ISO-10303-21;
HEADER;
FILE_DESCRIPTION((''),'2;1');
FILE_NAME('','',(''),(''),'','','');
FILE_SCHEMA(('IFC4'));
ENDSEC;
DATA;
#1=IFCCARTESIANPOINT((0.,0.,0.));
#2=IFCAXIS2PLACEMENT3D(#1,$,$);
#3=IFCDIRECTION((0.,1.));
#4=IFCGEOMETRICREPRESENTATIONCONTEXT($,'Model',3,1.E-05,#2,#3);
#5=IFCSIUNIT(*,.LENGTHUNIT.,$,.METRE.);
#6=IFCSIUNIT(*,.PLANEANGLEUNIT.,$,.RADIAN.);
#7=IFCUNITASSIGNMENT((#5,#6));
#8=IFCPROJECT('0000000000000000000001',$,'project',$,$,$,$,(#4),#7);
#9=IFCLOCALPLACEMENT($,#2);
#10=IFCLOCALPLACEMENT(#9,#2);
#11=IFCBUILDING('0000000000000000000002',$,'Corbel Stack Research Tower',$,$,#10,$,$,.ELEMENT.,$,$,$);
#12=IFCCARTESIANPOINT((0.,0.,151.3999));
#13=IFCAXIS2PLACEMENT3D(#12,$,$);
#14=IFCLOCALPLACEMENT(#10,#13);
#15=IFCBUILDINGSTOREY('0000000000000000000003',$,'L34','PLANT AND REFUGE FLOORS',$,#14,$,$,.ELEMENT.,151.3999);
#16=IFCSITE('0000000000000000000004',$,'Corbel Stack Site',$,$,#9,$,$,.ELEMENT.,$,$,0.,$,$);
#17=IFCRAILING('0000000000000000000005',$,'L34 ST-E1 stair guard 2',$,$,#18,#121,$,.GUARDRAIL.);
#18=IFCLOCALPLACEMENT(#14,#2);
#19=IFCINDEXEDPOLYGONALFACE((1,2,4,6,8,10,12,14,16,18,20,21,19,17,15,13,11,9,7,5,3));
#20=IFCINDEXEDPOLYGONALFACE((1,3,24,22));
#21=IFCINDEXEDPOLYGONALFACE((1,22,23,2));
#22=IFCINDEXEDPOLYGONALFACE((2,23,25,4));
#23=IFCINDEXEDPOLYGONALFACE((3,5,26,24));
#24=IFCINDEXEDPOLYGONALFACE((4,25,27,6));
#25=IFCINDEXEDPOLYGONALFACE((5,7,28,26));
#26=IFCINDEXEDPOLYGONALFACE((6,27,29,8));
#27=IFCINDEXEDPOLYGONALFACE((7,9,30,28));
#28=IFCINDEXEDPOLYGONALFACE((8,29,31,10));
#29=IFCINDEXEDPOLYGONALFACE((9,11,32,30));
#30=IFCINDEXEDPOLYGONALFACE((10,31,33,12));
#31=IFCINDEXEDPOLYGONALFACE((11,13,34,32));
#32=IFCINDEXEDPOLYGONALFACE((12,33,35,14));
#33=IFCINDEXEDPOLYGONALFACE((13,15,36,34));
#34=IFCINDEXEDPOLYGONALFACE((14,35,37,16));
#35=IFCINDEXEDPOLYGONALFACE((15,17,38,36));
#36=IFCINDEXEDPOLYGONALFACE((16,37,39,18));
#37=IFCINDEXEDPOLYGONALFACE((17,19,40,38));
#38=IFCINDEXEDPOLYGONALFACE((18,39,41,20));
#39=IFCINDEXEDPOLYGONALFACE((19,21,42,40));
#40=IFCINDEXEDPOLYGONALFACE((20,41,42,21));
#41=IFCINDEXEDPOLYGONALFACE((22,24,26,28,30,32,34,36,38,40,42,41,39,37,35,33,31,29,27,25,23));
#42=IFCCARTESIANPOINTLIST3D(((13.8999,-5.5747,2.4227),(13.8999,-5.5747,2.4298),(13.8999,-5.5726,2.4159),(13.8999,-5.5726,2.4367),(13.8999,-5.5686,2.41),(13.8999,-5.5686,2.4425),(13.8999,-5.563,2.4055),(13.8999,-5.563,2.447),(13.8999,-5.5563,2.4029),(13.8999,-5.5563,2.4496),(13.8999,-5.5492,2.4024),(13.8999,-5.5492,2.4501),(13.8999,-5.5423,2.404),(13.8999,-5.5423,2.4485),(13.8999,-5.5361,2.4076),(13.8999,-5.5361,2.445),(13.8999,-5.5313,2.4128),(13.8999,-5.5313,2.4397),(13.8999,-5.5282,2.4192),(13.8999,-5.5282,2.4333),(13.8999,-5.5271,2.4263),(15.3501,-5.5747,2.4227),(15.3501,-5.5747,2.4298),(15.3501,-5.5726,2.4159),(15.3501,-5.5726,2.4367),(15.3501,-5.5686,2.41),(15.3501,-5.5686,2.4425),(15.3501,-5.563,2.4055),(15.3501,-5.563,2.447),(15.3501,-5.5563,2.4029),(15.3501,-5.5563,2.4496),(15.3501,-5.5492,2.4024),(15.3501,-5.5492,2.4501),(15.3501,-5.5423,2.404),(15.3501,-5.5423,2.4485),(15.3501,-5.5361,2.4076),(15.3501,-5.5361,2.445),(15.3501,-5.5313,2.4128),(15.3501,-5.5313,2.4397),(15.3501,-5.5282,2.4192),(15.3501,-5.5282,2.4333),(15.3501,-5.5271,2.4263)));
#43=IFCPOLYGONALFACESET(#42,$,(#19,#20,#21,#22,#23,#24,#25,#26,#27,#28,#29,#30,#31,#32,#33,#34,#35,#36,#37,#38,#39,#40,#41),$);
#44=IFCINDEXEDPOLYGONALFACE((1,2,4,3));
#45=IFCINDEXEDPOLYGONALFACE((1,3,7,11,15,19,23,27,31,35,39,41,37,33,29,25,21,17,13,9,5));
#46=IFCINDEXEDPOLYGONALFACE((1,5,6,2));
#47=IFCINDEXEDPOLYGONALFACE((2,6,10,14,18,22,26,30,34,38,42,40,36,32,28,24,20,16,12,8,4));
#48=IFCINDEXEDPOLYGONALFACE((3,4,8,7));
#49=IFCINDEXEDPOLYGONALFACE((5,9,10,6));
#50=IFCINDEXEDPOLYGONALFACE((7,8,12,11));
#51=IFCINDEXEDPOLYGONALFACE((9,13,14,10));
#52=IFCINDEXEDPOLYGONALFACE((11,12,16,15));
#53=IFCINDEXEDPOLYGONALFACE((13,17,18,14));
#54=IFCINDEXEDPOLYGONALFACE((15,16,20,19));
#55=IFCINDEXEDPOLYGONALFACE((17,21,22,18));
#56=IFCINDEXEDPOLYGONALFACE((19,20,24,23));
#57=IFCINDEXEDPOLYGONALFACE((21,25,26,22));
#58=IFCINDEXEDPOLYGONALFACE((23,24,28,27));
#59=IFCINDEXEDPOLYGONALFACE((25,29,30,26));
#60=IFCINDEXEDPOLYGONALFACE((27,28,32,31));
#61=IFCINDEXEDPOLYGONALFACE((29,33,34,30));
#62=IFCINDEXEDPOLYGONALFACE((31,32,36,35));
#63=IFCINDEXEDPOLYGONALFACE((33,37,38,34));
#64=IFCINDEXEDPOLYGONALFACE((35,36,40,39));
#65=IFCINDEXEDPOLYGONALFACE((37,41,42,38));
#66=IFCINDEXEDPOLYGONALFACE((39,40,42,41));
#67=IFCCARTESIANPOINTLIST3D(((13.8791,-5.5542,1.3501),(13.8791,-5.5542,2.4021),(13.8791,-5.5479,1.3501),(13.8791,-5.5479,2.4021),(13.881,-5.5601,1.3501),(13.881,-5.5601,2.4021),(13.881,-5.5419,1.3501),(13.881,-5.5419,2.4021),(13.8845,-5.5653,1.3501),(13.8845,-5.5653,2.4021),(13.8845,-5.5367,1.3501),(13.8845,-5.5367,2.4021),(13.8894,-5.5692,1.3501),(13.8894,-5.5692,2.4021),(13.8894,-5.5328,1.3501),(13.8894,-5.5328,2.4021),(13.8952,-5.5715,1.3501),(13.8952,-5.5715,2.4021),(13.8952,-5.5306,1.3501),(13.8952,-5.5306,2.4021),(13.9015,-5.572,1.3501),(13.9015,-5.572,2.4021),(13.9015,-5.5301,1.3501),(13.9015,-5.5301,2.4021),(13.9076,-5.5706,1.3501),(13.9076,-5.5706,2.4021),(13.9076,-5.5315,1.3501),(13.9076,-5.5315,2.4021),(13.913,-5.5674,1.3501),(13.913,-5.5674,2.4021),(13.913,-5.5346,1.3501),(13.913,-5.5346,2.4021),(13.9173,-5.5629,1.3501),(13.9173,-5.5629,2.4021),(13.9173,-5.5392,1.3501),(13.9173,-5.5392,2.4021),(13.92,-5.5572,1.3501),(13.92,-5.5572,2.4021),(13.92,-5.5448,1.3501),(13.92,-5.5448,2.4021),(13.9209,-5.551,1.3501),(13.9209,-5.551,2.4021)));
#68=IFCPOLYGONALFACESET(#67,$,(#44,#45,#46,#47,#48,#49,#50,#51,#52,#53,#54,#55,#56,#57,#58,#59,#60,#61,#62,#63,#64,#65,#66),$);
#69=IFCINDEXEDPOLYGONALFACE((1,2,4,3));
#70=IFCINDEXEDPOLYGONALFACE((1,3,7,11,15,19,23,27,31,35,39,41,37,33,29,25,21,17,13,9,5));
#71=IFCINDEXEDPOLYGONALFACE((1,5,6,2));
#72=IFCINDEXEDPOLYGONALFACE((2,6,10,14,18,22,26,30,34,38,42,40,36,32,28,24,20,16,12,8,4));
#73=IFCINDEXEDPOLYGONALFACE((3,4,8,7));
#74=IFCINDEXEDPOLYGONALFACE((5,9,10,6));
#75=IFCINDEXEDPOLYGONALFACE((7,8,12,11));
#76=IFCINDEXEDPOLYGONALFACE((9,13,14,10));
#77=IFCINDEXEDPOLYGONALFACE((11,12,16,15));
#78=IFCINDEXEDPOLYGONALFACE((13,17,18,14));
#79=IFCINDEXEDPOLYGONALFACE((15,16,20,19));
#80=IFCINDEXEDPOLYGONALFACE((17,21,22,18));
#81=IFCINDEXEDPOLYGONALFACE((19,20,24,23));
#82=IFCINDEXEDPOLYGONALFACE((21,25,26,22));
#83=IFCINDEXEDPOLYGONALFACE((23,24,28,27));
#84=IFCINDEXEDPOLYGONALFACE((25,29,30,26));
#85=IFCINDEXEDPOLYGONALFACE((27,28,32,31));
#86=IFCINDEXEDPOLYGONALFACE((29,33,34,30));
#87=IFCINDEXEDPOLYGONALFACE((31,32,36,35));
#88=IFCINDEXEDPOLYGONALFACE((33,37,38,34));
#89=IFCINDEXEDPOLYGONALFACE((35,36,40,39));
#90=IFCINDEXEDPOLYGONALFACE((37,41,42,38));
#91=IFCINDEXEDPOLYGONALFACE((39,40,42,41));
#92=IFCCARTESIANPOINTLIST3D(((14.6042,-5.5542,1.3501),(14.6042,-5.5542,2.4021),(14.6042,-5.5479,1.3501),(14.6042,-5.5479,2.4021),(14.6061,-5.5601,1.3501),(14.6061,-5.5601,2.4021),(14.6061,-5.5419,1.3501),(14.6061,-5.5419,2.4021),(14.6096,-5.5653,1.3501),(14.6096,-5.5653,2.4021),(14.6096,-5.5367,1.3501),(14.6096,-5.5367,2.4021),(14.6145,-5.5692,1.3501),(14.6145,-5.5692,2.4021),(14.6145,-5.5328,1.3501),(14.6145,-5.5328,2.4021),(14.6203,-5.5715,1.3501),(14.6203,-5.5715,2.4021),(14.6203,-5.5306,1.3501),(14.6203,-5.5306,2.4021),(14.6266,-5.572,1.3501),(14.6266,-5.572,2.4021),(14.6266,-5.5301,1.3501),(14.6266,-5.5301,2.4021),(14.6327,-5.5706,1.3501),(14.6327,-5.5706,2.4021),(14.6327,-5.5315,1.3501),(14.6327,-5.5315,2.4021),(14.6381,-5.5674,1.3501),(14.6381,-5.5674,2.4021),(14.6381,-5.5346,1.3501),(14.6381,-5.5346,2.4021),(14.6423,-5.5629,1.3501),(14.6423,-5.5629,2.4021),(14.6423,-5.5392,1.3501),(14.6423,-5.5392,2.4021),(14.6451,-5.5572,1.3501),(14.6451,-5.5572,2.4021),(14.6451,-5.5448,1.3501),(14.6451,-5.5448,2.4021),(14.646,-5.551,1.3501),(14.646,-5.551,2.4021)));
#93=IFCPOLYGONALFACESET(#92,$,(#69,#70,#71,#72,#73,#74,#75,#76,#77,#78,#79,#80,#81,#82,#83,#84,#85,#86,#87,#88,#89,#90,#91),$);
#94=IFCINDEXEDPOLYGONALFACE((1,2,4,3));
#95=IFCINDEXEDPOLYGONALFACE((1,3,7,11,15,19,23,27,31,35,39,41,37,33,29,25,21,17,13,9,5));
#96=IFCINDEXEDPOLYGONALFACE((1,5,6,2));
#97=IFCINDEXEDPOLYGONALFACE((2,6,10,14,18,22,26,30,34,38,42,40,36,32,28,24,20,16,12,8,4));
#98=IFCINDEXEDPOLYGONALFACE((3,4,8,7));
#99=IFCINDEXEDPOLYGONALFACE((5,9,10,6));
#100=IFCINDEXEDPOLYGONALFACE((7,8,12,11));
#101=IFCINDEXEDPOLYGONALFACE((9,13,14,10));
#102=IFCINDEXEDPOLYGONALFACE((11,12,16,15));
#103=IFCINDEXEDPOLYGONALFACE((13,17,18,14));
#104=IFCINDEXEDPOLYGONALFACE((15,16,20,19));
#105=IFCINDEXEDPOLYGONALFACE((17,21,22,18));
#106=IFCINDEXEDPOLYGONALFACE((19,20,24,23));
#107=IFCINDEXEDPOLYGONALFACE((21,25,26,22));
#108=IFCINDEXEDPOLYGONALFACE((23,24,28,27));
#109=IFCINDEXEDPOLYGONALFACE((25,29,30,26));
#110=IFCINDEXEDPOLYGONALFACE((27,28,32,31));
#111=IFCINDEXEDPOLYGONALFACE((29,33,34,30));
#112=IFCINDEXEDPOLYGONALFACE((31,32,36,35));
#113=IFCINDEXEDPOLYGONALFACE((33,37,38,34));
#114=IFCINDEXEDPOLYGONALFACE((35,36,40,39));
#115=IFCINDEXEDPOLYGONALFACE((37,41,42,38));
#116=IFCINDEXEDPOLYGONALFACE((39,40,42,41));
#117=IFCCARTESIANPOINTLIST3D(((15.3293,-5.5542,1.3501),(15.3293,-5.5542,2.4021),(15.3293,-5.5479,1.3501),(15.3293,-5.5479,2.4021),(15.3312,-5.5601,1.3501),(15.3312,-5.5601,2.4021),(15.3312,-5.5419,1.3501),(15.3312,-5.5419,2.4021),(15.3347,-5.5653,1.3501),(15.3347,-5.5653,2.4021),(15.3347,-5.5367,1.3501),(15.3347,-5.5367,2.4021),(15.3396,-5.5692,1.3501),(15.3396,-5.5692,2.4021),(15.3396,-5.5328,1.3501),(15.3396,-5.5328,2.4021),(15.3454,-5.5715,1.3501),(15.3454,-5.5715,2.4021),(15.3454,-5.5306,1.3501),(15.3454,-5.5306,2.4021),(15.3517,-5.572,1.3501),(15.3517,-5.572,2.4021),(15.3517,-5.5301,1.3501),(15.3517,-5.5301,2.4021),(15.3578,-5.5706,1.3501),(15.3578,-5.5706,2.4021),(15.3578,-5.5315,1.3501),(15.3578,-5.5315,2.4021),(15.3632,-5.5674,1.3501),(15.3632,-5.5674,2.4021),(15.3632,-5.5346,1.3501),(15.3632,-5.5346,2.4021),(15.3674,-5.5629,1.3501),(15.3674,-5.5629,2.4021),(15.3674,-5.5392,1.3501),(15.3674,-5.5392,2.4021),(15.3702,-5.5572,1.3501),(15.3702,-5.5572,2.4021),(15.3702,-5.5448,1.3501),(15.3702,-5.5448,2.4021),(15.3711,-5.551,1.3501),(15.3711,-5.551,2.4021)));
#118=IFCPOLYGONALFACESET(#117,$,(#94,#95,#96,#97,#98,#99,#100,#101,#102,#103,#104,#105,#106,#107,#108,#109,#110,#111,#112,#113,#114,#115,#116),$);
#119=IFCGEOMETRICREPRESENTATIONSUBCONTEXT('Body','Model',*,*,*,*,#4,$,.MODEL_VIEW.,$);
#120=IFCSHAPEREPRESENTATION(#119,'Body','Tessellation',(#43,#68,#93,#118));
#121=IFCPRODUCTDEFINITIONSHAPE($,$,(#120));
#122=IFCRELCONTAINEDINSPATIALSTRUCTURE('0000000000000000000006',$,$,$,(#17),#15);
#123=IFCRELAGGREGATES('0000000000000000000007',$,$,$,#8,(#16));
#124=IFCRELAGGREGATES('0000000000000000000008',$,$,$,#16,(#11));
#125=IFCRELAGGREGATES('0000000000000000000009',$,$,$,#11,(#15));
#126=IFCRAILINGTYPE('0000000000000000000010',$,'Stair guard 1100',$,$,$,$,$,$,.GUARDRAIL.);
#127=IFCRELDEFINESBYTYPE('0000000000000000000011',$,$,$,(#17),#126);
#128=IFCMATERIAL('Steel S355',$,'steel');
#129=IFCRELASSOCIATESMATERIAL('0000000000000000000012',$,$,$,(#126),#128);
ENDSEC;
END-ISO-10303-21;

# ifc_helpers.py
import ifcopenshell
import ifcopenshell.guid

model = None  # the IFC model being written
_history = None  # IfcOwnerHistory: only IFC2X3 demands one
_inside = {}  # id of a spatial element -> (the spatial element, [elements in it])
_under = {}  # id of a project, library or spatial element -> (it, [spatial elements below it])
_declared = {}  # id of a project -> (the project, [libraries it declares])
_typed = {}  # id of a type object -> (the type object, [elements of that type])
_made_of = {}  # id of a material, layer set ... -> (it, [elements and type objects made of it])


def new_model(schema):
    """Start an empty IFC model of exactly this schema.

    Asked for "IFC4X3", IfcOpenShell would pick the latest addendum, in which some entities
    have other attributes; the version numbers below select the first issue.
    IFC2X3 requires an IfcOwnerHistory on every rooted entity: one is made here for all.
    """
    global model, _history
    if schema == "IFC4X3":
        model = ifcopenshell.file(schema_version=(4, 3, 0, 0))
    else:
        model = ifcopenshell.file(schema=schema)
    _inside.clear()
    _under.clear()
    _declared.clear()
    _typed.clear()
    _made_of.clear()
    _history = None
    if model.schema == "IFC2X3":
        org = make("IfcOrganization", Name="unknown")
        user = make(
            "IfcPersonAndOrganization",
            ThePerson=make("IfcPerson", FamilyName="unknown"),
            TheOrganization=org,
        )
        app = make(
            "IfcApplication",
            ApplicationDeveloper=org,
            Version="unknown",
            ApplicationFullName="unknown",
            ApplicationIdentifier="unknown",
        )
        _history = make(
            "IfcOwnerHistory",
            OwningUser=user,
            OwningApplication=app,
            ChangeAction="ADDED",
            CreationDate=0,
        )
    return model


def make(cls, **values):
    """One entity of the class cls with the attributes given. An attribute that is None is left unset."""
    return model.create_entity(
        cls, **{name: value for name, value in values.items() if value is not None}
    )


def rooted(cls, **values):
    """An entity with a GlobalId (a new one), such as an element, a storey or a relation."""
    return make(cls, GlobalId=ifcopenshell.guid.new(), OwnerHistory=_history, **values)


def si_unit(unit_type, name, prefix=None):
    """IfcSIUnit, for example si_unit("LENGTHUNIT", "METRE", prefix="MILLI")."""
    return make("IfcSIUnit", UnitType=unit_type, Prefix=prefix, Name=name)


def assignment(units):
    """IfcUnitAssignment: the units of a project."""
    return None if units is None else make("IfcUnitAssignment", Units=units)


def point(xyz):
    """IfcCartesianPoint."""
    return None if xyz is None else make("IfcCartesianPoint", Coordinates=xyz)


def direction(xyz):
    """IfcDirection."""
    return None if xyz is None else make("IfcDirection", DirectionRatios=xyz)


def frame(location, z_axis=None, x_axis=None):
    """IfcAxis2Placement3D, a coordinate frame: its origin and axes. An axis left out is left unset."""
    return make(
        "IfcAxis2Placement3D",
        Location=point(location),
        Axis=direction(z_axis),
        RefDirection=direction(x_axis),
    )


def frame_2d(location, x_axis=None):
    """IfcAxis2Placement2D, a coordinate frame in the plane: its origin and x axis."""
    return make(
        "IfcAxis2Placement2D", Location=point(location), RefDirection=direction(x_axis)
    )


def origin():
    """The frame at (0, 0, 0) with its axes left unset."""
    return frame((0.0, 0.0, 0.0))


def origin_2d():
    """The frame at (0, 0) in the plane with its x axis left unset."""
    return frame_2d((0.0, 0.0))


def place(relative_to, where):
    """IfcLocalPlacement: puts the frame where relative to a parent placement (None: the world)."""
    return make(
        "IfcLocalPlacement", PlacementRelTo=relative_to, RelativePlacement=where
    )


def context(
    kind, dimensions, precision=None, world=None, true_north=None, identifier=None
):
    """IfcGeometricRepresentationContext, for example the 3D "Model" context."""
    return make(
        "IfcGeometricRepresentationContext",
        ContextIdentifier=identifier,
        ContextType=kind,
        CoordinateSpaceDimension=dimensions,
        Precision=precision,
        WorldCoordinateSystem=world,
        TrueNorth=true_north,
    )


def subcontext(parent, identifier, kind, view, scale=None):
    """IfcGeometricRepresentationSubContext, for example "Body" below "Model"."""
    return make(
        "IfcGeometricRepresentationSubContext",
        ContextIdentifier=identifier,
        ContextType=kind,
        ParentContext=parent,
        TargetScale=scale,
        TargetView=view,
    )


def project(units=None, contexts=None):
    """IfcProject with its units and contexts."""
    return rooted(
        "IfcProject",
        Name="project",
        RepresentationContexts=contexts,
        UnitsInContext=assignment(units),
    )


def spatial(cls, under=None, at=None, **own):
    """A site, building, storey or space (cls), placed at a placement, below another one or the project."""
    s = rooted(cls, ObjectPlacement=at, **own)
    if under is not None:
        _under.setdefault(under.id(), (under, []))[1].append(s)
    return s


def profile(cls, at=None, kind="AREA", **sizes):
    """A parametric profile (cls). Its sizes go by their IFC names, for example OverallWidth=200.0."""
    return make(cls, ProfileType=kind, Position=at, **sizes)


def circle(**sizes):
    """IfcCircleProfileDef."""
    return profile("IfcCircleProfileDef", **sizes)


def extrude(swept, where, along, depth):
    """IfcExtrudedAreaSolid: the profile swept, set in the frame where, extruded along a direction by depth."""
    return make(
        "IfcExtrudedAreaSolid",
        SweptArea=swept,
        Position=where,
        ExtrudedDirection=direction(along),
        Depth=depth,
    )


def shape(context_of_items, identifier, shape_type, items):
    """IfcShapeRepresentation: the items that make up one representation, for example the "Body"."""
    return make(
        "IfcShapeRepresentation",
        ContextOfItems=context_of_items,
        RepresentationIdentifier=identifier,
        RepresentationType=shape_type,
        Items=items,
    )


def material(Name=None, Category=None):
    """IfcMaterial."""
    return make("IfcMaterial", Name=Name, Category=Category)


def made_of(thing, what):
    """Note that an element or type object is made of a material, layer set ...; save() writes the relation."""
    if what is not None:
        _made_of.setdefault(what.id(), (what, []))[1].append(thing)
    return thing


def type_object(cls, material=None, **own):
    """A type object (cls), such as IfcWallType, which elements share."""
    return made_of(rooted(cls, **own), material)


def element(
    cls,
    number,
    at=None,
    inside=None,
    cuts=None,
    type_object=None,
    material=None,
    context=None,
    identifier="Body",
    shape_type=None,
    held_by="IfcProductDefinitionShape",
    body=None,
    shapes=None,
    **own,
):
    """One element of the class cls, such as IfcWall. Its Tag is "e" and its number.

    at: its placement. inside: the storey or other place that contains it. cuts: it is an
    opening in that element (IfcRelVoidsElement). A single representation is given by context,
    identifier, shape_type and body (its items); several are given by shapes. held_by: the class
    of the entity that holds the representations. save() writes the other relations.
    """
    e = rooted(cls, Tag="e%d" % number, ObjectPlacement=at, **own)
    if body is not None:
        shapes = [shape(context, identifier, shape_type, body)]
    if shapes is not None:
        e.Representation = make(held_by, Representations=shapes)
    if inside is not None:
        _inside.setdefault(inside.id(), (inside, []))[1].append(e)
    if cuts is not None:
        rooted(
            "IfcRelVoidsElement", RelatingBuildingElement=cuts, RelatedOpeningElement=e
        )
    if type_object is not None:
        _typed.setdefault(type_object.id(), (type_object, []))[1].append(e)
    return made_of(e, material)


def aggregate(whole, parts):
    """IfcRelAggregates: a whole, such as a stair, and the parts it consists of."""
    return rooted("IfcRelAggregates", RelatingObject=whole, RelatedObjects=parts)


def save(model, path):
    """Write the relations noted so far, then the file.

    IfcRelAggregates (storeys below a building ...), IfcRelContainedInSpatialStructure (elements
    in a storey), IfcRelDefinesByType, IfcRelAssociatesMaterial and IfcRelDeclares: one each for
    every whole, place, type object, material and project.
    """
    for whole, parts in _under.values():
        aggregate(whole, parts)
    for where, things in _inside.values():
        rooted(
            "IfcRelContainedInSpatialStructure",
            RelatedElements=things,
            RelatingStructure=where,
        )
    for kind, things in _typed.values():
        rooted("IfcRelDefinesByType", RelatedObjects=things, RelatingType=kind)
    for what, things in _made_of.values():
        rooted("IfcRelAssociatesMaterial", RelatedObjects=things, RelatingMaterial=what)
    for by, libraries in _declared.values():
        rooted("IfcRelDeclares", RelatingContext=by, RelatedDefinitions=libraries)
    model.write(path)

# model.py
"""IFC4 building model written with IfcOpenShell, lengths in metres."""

from ifc_helpers import new_model, si_unit, direction, frame, origin, origin_2d, place, context, subcontext, project, spatial, circle, extrude, material, type_object, element, save


model = new_model("IFC4")

# Units and contexts
model_context = context("Model", 3, precision=1e-05, world=origin(), true_north=direction((0.0, 1.0)))
body_context = subcontext(model_context, "Body", "Model", "MODEL_VIEW")
ifc_project = project(units=[si_unit("LENGTHUNIT", "METRE"), si_unit("PLANEANGLEUNIT", "RADIAN")], contexts=[model_context])

# Site, building, storey
site_placement = place(None, origin())
site = spatial("IfcSite", under=ifc_project, at=site_placement, Name="Corbel Stack Site", CompositionType="ELEMENT", RefElevation=0.0)
building_placement = place(site_placement, origin())
building = spatial("IfcBuilding", under=site, at=building_placement, Name="Corbel Stack Research Tower", CompositionType="ELEMENT")
storey_placement = place(building_placement, frame((0.0, 0.0, 151.3999)))
storey = spatial("IfcBuildingStorey", under=building, at=storey_placement, Name="L34", Description="PLANT AND REFUGE FLOORS", CompositionType="ELEMENT", Elevation=151.3999)

# Railing
ifc_material_1 = material(Name="Steel S355", Category="steel")
railing_type_1 = type_object("IfcRailingType", Name="Stair guard 1100", PredefinedType="GUARDRAIL", material=ifc_material_1)
railing_1_placement = place(storey_placement, frame((13.8999, -5.551, 1.3501)))
element("IfcRailing", 1, at=railing_1_placement, inside=storey, type_object=railing_type_1, Name="L34 ST-E1 stair guard 2", PredefinedType="GUARDRAIL", context=body_context, shape_type="SweptSolid", body=[
    extrude(circle(Radius=0.0239, at=origin_2d()), frame((0.0, 0.0, 1.0762), z_axis=(1.0, 0.0, 0.0), x_axis=(0.0, 1.0, 0.0)), (0.0, 0.0, 1.0), 1.4502),
    extrude(circle(Radius=0.021, at=origin_2d()), origin(), (0.0, 0.0, 1.0), 1.052),
    extrude(circle(Radius=0.021, at=origin_2d()), frame((0.7251, 0.0, 0.0)), (0.0, 0.0, 1.0), 1.052),
    extrude(circle(Radius=0.021, at=origin_2d()), frame((1.4502, 0.0, 0.0)), (0.0, 0.0, 1.0), 1.052),
])

save(model, "model.ifc")
